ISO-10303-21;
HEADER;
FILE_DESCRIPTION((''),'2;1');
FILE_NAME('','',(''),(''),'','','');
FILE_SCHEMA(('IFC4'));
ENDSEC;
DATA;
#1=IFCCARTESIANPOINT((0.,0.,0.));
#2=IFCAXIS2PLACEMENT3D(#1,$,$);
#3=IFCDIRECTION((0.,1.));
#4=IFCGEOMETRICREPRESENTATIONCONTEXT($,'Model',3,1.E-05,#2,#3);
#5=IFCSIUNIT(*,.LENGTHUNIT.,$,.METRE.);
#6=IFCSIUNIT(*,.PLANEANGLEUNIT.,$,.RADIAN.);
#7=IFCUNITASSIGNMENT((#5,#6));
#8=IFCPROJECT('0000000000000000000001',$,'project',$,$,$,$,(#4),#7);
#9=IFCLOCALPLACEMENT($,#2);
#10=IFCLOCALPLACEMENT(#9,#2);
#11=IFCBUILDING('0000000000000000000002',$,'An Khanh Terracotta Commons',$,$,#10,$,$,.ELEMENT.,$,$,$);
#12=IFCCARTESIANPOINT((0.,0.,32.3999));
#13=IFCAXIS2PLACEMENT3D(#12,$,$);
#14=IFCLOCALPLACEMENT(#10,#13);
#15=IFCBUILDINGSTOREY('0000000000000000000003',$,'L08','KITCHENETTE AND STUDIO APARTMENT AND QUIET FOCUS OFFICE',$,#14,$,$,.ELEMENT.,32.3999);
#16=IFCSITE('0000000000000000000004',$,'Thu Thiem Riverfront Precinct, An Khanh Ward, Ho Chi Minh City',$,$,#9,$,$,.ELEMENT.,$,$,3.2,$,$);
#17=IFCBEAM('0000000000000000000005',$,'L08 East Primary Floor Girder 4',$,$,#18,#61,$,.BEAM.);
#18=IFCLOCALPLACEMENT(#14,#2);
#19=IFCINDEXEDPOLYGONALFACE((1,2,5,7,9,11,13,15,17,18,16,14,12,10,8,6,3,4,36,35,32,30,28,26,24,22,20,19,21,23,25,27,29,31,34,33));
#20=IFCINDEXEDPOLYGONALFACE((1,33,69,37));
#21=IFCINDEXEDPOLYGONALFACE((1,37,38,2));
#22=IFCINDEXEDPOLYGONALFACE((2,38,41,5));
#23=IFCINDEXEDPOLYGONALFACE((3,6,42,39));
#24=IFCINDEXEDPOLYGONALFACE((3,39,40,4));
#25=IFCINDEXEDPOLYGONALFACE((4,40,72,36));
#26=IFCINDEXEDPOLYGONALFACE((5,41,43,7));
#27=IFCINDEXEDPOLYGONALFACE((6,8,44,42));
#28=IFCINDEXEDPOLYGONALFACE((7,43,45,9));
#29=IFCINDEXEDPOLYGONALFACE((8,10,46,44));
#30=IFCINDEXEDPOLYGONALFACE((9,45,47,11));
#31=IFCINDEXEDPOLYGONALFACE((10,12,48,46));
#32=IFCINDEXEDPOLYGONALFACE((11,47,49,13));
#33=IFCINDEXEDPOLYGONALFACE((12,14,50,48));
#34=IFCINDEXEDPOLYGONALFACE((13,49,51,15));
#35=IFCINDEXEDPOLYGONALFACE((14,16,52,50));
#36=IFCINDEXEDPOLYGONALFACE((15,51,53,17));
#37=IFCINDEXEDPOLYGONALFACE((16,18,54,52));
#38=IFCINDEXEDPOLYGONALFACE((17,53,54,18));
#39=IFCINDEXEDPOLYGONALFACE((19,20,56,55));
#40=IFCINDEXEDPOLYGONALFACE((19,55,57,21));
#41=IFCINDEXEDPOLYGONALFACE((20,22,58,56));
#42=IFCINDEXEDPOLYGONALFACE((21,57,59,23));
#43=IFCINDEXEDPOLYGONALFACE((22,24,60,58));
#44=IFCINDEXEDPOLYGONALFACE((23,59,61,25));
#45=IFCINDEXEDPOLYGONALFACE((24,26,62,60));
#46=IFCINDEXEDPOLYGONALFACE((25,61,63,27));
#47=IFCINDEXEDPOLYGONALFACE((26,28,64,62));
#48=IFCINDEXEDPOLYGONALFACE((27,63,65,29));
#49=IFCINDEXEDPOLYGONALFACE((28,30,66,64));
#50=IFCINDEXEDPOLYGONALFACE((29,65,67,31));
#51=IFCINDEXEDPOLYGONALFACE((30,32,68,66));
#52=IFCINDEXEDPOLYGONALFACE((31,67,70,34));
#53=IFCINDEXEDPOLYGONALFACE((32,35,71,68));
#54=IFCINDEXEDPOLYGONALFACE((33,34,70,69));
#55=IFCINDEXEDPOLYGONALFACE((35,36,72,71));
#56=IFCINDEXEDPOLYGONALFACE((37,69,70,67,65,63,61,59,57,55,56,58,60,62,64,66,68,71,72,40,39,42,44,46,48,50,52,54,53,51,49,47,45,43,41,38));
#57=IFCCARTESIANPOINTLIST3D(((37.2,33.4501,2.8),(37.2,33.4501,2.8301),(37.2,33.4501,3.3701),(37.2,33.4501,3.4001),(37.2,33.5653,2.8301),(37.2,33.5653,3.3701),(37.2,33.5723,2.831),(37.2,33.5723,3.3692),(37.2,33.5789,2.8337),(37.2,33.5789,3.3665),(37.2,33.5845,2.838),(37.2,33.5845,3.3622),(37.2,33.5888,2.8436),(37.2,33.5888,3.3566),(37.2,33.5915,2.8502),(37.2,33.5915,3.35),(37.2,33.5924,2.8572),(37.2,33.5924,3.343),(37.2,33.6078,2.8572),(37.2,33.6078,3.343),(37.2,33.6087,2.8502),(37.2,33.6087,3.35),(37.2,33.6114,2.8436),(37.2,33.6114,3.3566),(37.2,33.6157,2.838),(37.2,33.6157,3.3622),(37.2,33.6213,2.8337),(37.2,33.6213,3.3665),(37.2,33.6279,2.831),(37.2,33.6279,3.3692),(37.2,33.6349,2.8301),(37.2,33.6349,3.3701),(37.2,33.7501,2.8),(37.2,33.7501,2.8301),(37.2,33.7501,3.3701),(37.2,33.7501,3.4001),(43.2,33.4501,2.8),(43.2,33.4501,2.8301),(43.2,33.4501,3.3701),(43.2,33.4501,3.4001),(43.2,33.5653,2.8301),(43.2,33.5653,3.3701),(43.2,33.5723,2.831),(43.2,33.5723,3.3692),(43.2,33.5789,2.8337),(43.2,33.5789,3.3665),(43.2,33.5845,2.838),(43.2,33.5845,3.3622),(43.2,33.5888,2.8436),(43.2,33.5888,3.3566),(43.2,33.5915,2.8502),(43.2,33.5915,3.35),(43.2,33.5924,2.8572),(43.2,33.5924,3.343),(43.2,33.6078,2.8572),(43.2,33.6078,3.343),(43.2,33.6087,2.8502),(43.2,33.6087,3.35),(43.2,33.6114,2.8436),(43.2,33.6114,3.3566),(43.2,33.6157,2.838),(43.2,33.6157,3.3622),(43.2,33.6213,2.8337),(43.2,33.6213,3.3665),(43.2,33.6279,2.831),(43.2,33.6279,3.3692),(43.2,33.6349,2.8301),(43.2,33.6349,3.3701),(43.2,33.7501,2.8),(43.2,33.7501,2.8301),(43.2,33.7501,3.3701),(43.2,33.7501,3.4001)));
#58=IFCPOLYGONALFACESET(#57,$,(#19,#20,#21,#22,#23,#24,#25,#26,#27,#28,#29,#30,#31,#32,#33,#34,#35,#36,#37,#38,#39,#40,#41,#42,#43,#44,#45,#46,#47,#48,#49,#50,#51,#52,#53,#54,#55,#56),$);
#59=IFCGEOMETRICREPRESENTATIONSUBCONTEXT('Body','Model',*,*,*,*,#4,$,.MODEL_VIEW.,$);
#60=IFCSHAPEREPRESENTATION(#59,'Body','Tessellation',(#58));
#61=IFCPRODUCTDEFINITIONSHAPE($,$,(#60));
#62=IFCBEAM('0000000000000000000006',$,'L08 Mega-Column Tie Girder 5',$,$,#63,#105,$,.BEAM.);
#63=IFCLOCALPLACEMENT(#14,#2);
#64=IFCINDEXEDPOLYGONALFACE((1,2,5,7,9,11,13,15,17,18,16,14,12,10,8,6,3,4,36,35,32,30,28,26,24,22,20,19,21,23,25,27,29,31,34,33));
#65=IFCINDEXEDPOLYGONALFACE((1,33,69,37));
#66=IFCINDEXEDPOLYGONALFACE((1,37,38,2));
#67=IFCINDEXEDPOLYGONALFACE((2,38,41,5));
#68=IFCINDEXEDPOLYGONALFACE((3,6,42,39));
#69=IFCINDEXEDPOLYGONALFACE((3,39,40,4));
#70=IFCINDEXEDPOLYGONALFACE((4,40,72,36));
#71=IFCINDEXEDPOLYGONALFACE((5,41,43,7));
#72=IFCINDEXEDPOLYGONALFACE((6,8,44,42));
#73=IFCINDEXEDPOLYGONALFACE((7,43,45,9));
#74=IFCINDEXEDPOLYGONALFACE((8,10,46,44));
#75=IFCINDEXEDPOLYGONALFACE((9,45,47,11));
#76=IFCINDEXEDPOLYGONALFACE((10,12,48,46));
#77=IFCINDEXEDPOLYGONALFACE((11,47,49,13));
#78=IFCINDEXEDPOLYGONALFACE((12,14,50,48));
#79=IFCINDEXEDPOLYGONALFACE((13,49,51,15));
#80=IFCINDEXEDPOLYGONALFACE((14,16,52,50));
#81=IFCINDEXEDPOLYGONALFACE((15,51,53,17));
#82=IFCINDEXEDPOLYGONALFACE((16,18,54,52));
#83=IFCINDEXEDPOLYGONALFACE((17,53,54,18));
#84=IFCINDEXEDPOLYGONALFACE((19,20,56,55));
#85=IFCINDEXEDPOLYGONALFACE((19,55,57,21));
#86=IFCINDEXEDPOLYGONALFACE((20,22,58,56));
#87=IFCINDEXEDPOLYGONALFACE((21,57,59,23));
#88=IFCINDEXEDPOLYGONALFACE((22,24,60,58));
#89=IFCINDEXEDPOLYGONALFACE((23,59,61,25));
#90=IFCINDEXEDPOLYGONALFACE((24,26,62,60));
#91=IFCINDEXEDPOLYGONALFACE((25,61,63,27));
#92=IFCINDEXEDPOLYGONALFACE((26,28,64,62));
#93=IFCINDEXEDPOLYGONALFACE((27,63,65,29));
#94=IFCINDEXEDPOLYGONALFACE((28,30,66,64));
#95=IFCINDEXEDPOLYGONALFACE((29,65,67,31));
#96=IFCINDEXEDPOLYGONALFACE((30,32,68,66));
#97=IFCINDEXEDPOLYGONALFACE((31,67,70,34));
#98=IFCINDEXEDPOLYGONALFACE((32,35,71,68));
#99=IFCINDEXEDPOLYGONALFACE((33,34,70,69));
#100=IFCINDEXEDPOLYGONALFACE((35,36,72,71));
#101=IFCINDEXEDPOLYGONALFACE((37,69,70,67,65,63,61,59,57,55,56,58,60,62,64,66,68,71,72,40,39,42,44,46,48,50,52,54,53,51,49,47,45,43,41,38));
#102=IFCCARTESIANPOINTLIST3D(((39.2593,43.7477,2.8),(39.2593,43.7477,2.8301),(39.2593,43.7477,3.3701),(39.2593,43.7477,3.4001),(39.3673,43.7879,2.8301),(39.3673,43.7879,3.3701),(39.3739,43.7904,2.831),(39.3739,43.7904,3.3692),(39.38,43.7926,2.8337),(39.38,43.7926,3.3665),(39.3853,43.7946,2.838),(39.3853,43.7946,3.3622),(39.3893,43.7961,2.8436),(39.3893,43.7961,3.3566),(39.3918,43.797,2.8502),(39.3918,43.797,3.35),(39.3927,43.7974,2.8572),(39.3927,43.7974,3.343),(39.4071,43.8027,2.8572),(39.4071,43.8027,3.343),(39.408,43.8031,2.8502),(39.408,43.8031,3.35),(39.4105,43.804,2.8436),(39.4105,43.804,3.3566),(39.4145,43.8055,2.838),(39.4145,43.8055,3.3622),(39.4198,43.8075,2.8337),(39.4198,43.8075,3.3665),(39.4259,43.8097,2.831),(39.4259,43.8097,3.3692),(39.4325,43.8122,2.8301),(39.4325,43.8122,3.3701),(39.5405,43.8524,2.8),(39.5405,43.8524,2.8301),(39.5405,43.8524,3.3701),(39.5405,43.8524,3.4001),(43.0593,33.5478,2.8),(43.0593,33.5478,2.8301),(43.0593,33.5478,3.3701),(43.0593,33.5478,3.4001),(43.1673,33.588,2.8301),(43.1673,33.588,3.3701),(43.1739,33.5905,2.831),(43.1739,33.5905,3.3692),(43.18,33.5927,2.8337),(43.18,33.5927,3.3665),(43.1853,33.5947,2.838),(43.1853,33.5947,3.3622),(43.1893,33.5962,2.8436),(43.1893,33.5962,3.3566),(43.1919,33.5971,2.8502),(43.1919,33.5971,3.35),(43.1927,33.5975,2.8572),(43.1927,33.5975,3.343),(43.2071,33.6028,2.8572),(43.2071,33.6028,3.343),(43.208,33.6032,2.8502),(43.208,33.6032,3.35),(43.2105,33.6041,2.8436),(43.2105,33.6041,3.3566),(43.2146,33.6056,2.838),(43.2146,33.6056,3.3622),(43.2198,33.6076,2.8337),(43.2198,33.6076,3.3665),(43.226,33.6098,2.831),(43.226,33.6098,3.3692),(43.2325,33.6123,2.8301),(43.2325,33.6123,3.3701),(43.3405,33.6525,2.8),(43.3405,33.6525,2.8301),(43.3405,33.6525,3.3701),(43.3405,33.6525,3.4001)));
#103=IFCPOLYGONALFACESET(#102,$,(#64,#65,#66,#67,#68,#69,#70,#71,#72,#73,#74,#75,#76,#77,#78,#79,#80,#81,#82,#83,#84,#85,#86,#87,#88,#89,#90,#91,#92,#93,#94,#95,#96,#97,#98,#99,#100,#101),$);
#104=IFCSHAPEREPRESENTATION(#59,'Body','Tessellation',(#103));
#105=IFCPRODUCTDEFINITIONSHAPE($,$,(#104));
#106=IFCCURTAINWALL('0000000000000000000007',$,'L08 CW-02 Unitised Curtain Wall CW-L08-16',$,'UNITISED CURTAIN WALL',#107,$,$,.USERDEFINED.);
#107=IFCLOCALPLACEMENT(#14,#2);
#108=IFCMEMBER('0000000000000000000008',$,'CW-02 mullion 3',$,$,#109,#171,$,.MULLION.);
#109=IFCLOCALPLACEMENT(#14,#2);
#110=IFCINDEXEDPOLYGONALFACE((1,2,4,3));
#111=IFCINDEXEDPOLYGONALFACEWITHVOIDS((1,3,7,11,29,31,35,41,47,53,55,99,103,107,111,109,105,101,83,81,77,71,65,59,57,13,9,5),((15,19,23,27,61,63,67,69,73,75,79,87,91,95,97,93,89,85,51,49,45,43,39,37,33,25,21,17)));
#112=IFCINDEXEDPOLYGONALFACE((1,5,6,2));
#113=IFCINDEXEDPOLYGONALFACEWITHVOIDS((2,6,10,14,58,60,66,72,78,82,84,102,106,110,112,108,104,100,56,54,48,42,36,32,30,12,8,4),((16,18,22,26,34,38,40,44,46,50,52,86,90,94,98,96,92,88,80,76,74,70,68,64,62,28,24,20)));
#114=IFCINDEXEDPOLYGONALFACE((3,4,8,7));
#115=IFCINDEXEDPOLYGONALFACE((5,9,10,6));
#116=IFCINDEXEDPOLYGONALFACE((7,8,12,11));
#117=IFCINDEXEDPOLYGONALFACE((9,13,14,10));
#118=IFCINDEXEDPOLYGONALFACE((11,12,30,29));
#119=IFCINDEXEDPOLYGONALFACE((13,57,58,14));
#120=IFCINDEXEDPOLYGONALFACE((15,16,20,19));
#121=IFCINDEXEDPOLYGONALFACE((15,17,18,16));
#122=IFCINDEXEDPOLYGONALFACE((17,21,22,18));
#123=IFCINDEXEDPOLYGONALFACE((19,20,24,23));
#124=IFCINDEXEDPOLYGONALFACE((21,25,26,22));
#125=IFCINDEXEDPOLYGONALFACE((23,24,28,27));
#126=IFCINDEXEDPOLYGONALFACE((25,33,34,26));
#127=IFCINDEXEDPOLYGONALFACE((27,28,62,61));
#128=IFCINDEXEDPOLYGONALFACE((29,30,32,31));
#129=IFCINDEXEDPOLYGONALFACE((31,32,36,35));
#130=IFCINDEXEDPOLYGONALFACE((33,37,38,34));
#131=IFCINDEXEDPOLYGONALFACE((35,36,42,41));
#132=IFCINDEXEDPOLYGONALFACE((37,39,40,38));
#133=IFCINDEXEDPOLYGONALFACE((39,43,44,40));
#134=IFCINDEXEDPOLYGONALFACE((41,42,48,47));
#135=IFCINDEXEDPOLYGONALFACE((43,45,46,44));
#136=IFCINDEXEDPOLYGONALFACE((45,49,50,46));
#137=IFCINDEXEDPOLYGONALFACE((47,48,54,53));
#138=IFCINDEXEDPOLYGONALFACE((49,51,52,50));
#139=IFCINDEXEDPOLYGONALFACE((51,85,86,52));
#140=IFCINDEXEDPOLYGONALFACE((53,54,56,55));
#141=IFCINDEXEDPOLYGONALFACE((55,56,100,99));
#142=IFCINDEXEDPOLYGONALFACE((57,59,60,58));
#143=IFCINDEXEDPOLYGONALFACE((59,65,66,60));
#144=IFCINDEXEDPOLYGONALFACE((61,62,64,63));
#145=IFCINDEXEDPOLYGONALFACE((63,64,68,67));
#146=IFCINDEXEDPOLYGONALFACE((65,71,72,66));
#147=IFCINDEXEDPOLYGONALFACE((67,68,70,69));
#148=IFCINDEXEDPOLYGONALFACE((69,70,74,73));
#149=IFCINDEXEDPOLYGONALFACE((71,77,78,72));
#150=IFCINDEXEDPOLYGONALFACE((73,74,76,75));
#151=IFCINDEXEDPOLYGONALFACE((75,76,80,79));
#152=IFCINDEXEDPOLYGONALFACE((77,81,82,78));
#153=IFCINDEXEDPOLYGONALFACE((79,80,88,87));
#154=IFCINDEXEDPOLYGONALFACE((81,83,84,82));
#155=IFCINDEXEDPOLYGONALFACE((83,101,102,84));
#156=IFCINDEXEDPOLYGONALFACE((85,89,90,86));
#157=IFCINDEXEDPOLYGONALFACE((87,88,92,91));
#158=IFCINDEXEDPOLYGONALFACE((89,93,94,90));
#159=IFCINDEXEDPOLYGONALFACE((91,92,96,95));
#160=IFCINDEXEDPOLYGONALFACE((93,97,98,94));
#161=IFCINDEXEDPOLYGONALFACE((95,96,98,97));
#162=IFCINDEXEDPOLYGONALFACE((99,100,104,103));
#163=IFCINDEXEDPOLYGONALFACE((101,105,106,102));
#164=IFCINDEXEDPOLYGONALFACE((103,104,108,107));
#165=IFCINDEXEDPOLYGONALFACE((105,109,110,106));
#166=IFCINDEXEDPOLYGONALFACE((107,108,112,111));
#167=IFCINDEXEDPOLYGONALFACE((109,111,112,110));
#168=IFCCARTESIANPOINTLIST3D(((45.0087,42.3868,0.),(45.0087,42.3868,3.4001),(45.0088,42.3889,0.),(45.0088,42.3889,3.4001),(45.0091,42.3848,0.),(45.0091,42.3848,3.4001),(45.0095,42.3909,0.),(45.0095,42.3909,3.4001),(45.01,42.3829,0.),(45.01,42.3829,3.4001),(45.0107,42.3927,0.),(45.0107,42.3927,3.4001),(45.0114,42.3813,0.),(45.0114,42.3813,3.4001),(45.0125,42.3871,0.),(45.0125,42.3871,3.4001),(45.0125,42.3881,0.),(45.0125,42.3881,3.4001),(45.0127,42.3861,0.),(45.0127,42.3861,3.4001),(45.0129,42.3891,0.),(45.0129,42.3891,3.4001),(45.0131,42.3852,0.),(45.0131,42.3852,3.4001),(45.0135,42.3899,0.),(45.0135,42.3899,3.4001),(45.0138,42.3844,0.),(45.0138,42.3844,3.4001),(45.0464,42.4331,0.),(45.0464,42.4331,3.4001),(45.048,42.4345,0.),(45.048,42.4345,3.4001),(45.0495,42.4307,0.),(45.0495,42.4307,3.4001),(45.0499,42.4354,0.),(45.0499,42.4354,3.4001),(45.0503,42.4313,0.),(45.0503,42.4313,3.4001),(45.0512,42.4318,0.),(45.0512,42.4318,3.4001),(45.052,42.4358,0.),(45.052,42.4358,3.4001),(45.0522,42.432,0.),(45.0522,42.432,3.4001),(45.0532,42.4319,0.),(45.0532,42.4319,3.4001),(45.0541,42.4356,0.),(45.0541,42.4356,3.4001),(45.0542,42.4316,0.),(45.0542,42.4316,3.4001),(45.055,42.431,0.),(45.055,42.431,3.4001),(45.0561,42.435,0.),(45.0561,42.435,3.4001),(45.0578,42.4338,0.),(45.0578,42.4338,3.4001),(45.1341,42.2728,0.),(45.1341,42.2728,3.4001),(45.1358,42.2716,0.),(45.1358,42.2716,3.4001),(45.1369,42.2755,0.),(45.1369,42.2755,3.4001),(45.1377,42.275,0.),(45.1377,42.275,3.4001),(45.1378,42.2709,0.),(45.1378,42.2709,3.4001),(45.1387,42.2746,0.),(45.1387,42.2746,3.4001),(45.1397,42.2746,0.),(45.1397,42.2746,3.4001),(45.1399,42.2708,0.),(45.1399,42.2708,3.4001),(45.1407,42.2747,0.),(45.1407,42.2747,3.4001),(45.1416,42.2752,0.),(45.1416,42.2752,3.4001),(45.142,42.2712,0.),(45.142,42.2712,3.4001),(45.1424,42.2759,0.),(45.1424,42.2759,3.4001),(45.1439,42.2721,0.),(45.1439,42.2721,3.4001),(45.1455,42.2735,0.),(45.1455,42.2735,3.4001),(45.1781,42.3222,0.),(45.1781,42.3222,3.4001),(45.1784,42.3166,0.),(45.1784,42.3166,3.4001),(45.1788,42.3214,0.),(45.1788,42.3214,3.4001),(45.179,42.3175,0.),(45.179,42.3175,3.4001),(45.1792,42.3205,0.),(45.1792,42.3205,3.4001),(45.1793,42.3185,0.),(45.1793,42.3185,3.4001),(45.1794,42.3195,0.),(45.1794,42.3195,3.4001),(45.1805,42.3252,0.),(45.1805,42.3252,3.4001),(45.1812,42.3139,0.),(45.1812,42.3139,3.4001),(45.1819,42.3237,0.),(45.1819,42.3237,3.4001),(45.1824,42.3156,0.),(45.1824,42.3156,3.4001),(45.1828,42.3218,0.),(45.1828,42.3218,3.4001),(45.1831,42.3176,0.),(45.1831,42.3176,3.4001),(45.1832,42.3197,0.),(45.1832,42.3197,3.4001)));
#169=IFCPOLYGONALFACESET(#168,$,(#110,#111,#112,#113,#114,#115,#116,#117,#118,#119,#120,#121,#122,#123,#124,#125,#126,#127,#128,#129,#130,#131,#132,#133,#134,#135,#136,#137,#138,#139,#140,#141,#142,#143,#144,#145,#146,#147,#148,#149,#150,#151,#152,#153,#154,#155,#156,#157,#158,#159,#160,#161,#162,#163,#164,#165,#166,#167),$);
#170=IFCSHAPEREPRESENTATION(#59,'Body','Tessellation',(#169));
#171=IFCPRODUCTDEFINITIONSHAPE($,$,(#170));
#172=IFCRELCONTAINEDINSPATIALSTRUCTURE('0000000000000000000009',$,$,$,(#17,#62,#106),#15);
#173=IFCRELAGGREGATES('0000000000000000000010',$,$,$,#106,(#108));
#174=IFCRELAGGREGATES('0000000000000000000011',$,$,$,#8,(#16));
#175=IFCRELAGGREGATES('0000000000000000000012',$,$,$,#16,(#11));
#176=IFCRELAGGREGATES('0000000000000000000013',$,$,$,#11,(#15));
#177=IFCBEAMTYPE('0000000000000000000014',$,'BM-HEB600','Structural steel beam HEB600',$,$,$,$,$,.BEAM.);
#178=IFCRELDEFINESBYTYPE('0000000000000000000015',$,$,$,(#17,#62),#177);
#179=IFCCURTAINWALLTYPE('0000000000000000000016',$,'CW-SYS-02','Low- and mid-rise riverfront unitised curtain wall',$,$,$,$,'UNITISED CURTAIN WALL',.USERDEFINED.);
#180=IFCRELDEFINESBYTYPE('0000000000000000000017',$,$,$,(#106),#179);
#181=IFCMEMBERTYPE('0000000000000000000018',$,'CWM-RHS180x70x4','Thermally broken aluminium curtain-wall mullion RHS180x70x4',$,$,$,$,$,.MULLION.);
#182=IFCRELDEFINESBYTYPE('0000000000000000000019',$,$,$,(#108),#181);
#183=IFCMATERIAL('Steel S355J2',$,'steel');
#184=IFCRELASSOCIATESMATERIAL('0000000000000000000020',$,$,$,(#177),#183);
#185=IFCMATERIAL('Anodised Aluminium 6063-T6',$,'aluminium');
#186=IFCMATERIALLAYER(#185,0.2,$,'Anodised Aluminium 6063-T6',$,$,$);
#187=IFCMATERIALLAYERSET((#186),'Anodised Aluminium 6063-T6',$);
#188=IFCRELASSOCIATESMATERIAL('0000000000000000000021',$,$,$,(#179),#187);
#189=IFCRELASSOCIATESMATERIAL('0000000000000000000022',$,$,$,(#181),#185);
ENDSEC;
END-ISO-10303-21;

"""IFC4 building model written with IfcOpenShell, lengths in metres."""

from ifc_helpers import new_model, si_unit, direction, frame, origin, origin_2d, place, context, subcontext, project, spatial, hollow_rectangle, i_section, extrude, material, layer, layer_set, material_profile, profile_set, type_object, element, aggregate, save


model = new_model("IFC4")

# Units and contexts
model_context = context("Model", 3, precision=1e-05, world=origin(), true_north=direction((0.0, 1.0)))
body_context = subcontext(model_context, "Body", "Model", "MODEL_VIEW")
ifc_project = project(units=[si_unit("LENGTHUNIT", "METRE"), si_unit("PLANEANGLEUNIT", "RADIAN")], contexts=[model_context])

# Site, building, storey
site_placement = place(None, origin())
site = spatial("IfcSite", under=ifc_project, at=site_placement, Name="Thu Thiem Riverfront Precinct, An Khanh Ward, Ho Chi Minh City", CompositionType="ELEMENT", RefElevation=3.2)
building_placement = place(site_placement, origin())
building = spatial("IfcBuilding", under=site, at=building_placement, Name="An Khanh Terracotta Commons", CompositionType="ELEMENT")
storey_placement = place(building_placement, frame((0.0, 0.0, 32.3999)))
storey = spatial("IfcBuildingStorey", under=building, at=storey_placement, Name="L08", Description="KITCHENETTE AND STUDIO APARTMENT AND QUIET FOCUS OFFICE", CompositionType="ELEMENT", Elevation=32.3999)

# Beams
ifc_material_1 = material(Name="Steel S355J2", Category="steel")
ifc_material_profile_1 = material_profile(ifc_material_1, i_section(OverallWidth=0.3, OverallDepth=0.6001, WebThickness=0.0154, FlangeThickness=0.03, FilletRadius=0.0271, at=origin_2d()), Name="HEB600")
ifc_profile_set_1 = profile_set([ifc_material_profile_1], Name="Steel S355J2")
beam_type_1 = type_object("IfcBeamType", Name="BM-HEB600", Description="Structural steel beam HEB600", PredefinedType="BEAM", material=ifc_profile_set_1)
beam_1_placement = place(storey_placement, frame((37.2, 33.6001, 3.1001), z_axis=(1.0, 0.0, 0.0), x_axis=(0.0, 1.0, 0.0)))
element("IfcBeam", 1, at=beam_1_placement, inside=storey, type_object=beam_type_1, Name="L08 East Primary Floor Girder 4", PredefinedType="BEAM", context=body_context, shape_type="SweptSolid", body=[
    extrude(i_section(OverallWidth=0.3, OverallDepth=0.6001, WebThickness=0.0154, FlangeThickness=0.03, FilletRadius=0.0271, at=origin_2d()), origin(), (0.0, 0.0, 1.0), 6.0),
])
beam_2_placement = place(storey_placement, frame((39.3999, 43.8, 3.1001), z_axis=(0.349114, -0.93708, 0.0), x_axis=(0.93708, 0.349114, 0.0)))
element("IfcBeam", 2, at=beam_2_placement, inside=storey, type_object=beam_type_1, Name="L08 Mega-Column Tie Girder 5", PredefinedType="BEAM", context=body_context, shape_type="SweptSolid", body=[
    extrude(i_section(OverallWidth=0.3, OverallDepth=0.6001, WebThickness=0.0154, FlangeThickness=0.03, FilletRadius=0.0271, at=origin_2d()), origin(), (0.0, 0.0, 1.0), 10.8848),
])

# Curtain wall, member
ifc_material_2 = material(Name="Anodised Aluminium 6063-T6", Category="aluminium")
ifc_layer_1 = layer(ifc_material_2, 0.2, Name="Anodised Aluminium 6063-T6")
ifc_layer_set_1 = layer_set([ifc_layer_1], Name="Anodised Aluminium 6063-T6")
curtain_wall_type = type_object("IfcCurtainWallType", Name="CW-SYS-02", Description="Low- and mid-rise riverfront unitised curtain wall", ElementType="UNITISED CURTAIN WALL", PredefinedType="USERDEFINED", material=ifc_layer_set_1)
curtain_wall_placement = place(storey_placement, origin())
curtain_wall = element("IfcCurtainWall", 3, at=curtain_wall_placement, inside=storey, type_object=curtain_wall_type, Name="L08 CW-02 Unitised Curtain Wall CW-L08-16", ObjectType="UNITISED CURTAIN WALL", PredefinedType="USERDEFINED")
ifc_material_profile_2 = material_profile(ifc_material_2, hollow_rectangle(XDim=0.0701, YDim=0.1799, WallThickness=0.0039, InnerFilletRadius=0.0039, OuterFilletRadius=0.0081, at=origin_2d()), Name="RHS180x70x4")
ifc_profile_set_2 = profile_set([ifc_material_profile_2], Name="Anodised Aluminium 6063-T6")
member_type_1 = type_object("IfcMemberType", Name="CWM-RHS180x70x4", Description="Thermally broken aluminium curtain-wall mullion RHS180x70x4", PredefinedType="MULLION", material=ifc_profile_set_2)
member_1_placement = place(storey_placement, frame((45.0959, 42.3533, 0.0), z_axis=(0.0, 0.0, 1.0), x_axis=(-0.662548, -0.749019, 0.0)))
member_1 = element("IfcMember", 4, at=member_1_placement, type_object=member_type_1, Name="CW-02 mullion 3", PredefinedType="MULLION", context=body_context, shape_type="SweptSolid", body=[
    extrude(hollow_rectangle(XDim=0.0701, YDim=0.1799, WallThickness=0.0039, InnerFilletRadius=0.0039, OuterFilletRadius=0.0081, at=origin_2d()), origin(), (0.0, 0.0, 1.0), 3.4001),
])
aggregate(curtain_wall, [member_1])

save(model, "model.ifc")
